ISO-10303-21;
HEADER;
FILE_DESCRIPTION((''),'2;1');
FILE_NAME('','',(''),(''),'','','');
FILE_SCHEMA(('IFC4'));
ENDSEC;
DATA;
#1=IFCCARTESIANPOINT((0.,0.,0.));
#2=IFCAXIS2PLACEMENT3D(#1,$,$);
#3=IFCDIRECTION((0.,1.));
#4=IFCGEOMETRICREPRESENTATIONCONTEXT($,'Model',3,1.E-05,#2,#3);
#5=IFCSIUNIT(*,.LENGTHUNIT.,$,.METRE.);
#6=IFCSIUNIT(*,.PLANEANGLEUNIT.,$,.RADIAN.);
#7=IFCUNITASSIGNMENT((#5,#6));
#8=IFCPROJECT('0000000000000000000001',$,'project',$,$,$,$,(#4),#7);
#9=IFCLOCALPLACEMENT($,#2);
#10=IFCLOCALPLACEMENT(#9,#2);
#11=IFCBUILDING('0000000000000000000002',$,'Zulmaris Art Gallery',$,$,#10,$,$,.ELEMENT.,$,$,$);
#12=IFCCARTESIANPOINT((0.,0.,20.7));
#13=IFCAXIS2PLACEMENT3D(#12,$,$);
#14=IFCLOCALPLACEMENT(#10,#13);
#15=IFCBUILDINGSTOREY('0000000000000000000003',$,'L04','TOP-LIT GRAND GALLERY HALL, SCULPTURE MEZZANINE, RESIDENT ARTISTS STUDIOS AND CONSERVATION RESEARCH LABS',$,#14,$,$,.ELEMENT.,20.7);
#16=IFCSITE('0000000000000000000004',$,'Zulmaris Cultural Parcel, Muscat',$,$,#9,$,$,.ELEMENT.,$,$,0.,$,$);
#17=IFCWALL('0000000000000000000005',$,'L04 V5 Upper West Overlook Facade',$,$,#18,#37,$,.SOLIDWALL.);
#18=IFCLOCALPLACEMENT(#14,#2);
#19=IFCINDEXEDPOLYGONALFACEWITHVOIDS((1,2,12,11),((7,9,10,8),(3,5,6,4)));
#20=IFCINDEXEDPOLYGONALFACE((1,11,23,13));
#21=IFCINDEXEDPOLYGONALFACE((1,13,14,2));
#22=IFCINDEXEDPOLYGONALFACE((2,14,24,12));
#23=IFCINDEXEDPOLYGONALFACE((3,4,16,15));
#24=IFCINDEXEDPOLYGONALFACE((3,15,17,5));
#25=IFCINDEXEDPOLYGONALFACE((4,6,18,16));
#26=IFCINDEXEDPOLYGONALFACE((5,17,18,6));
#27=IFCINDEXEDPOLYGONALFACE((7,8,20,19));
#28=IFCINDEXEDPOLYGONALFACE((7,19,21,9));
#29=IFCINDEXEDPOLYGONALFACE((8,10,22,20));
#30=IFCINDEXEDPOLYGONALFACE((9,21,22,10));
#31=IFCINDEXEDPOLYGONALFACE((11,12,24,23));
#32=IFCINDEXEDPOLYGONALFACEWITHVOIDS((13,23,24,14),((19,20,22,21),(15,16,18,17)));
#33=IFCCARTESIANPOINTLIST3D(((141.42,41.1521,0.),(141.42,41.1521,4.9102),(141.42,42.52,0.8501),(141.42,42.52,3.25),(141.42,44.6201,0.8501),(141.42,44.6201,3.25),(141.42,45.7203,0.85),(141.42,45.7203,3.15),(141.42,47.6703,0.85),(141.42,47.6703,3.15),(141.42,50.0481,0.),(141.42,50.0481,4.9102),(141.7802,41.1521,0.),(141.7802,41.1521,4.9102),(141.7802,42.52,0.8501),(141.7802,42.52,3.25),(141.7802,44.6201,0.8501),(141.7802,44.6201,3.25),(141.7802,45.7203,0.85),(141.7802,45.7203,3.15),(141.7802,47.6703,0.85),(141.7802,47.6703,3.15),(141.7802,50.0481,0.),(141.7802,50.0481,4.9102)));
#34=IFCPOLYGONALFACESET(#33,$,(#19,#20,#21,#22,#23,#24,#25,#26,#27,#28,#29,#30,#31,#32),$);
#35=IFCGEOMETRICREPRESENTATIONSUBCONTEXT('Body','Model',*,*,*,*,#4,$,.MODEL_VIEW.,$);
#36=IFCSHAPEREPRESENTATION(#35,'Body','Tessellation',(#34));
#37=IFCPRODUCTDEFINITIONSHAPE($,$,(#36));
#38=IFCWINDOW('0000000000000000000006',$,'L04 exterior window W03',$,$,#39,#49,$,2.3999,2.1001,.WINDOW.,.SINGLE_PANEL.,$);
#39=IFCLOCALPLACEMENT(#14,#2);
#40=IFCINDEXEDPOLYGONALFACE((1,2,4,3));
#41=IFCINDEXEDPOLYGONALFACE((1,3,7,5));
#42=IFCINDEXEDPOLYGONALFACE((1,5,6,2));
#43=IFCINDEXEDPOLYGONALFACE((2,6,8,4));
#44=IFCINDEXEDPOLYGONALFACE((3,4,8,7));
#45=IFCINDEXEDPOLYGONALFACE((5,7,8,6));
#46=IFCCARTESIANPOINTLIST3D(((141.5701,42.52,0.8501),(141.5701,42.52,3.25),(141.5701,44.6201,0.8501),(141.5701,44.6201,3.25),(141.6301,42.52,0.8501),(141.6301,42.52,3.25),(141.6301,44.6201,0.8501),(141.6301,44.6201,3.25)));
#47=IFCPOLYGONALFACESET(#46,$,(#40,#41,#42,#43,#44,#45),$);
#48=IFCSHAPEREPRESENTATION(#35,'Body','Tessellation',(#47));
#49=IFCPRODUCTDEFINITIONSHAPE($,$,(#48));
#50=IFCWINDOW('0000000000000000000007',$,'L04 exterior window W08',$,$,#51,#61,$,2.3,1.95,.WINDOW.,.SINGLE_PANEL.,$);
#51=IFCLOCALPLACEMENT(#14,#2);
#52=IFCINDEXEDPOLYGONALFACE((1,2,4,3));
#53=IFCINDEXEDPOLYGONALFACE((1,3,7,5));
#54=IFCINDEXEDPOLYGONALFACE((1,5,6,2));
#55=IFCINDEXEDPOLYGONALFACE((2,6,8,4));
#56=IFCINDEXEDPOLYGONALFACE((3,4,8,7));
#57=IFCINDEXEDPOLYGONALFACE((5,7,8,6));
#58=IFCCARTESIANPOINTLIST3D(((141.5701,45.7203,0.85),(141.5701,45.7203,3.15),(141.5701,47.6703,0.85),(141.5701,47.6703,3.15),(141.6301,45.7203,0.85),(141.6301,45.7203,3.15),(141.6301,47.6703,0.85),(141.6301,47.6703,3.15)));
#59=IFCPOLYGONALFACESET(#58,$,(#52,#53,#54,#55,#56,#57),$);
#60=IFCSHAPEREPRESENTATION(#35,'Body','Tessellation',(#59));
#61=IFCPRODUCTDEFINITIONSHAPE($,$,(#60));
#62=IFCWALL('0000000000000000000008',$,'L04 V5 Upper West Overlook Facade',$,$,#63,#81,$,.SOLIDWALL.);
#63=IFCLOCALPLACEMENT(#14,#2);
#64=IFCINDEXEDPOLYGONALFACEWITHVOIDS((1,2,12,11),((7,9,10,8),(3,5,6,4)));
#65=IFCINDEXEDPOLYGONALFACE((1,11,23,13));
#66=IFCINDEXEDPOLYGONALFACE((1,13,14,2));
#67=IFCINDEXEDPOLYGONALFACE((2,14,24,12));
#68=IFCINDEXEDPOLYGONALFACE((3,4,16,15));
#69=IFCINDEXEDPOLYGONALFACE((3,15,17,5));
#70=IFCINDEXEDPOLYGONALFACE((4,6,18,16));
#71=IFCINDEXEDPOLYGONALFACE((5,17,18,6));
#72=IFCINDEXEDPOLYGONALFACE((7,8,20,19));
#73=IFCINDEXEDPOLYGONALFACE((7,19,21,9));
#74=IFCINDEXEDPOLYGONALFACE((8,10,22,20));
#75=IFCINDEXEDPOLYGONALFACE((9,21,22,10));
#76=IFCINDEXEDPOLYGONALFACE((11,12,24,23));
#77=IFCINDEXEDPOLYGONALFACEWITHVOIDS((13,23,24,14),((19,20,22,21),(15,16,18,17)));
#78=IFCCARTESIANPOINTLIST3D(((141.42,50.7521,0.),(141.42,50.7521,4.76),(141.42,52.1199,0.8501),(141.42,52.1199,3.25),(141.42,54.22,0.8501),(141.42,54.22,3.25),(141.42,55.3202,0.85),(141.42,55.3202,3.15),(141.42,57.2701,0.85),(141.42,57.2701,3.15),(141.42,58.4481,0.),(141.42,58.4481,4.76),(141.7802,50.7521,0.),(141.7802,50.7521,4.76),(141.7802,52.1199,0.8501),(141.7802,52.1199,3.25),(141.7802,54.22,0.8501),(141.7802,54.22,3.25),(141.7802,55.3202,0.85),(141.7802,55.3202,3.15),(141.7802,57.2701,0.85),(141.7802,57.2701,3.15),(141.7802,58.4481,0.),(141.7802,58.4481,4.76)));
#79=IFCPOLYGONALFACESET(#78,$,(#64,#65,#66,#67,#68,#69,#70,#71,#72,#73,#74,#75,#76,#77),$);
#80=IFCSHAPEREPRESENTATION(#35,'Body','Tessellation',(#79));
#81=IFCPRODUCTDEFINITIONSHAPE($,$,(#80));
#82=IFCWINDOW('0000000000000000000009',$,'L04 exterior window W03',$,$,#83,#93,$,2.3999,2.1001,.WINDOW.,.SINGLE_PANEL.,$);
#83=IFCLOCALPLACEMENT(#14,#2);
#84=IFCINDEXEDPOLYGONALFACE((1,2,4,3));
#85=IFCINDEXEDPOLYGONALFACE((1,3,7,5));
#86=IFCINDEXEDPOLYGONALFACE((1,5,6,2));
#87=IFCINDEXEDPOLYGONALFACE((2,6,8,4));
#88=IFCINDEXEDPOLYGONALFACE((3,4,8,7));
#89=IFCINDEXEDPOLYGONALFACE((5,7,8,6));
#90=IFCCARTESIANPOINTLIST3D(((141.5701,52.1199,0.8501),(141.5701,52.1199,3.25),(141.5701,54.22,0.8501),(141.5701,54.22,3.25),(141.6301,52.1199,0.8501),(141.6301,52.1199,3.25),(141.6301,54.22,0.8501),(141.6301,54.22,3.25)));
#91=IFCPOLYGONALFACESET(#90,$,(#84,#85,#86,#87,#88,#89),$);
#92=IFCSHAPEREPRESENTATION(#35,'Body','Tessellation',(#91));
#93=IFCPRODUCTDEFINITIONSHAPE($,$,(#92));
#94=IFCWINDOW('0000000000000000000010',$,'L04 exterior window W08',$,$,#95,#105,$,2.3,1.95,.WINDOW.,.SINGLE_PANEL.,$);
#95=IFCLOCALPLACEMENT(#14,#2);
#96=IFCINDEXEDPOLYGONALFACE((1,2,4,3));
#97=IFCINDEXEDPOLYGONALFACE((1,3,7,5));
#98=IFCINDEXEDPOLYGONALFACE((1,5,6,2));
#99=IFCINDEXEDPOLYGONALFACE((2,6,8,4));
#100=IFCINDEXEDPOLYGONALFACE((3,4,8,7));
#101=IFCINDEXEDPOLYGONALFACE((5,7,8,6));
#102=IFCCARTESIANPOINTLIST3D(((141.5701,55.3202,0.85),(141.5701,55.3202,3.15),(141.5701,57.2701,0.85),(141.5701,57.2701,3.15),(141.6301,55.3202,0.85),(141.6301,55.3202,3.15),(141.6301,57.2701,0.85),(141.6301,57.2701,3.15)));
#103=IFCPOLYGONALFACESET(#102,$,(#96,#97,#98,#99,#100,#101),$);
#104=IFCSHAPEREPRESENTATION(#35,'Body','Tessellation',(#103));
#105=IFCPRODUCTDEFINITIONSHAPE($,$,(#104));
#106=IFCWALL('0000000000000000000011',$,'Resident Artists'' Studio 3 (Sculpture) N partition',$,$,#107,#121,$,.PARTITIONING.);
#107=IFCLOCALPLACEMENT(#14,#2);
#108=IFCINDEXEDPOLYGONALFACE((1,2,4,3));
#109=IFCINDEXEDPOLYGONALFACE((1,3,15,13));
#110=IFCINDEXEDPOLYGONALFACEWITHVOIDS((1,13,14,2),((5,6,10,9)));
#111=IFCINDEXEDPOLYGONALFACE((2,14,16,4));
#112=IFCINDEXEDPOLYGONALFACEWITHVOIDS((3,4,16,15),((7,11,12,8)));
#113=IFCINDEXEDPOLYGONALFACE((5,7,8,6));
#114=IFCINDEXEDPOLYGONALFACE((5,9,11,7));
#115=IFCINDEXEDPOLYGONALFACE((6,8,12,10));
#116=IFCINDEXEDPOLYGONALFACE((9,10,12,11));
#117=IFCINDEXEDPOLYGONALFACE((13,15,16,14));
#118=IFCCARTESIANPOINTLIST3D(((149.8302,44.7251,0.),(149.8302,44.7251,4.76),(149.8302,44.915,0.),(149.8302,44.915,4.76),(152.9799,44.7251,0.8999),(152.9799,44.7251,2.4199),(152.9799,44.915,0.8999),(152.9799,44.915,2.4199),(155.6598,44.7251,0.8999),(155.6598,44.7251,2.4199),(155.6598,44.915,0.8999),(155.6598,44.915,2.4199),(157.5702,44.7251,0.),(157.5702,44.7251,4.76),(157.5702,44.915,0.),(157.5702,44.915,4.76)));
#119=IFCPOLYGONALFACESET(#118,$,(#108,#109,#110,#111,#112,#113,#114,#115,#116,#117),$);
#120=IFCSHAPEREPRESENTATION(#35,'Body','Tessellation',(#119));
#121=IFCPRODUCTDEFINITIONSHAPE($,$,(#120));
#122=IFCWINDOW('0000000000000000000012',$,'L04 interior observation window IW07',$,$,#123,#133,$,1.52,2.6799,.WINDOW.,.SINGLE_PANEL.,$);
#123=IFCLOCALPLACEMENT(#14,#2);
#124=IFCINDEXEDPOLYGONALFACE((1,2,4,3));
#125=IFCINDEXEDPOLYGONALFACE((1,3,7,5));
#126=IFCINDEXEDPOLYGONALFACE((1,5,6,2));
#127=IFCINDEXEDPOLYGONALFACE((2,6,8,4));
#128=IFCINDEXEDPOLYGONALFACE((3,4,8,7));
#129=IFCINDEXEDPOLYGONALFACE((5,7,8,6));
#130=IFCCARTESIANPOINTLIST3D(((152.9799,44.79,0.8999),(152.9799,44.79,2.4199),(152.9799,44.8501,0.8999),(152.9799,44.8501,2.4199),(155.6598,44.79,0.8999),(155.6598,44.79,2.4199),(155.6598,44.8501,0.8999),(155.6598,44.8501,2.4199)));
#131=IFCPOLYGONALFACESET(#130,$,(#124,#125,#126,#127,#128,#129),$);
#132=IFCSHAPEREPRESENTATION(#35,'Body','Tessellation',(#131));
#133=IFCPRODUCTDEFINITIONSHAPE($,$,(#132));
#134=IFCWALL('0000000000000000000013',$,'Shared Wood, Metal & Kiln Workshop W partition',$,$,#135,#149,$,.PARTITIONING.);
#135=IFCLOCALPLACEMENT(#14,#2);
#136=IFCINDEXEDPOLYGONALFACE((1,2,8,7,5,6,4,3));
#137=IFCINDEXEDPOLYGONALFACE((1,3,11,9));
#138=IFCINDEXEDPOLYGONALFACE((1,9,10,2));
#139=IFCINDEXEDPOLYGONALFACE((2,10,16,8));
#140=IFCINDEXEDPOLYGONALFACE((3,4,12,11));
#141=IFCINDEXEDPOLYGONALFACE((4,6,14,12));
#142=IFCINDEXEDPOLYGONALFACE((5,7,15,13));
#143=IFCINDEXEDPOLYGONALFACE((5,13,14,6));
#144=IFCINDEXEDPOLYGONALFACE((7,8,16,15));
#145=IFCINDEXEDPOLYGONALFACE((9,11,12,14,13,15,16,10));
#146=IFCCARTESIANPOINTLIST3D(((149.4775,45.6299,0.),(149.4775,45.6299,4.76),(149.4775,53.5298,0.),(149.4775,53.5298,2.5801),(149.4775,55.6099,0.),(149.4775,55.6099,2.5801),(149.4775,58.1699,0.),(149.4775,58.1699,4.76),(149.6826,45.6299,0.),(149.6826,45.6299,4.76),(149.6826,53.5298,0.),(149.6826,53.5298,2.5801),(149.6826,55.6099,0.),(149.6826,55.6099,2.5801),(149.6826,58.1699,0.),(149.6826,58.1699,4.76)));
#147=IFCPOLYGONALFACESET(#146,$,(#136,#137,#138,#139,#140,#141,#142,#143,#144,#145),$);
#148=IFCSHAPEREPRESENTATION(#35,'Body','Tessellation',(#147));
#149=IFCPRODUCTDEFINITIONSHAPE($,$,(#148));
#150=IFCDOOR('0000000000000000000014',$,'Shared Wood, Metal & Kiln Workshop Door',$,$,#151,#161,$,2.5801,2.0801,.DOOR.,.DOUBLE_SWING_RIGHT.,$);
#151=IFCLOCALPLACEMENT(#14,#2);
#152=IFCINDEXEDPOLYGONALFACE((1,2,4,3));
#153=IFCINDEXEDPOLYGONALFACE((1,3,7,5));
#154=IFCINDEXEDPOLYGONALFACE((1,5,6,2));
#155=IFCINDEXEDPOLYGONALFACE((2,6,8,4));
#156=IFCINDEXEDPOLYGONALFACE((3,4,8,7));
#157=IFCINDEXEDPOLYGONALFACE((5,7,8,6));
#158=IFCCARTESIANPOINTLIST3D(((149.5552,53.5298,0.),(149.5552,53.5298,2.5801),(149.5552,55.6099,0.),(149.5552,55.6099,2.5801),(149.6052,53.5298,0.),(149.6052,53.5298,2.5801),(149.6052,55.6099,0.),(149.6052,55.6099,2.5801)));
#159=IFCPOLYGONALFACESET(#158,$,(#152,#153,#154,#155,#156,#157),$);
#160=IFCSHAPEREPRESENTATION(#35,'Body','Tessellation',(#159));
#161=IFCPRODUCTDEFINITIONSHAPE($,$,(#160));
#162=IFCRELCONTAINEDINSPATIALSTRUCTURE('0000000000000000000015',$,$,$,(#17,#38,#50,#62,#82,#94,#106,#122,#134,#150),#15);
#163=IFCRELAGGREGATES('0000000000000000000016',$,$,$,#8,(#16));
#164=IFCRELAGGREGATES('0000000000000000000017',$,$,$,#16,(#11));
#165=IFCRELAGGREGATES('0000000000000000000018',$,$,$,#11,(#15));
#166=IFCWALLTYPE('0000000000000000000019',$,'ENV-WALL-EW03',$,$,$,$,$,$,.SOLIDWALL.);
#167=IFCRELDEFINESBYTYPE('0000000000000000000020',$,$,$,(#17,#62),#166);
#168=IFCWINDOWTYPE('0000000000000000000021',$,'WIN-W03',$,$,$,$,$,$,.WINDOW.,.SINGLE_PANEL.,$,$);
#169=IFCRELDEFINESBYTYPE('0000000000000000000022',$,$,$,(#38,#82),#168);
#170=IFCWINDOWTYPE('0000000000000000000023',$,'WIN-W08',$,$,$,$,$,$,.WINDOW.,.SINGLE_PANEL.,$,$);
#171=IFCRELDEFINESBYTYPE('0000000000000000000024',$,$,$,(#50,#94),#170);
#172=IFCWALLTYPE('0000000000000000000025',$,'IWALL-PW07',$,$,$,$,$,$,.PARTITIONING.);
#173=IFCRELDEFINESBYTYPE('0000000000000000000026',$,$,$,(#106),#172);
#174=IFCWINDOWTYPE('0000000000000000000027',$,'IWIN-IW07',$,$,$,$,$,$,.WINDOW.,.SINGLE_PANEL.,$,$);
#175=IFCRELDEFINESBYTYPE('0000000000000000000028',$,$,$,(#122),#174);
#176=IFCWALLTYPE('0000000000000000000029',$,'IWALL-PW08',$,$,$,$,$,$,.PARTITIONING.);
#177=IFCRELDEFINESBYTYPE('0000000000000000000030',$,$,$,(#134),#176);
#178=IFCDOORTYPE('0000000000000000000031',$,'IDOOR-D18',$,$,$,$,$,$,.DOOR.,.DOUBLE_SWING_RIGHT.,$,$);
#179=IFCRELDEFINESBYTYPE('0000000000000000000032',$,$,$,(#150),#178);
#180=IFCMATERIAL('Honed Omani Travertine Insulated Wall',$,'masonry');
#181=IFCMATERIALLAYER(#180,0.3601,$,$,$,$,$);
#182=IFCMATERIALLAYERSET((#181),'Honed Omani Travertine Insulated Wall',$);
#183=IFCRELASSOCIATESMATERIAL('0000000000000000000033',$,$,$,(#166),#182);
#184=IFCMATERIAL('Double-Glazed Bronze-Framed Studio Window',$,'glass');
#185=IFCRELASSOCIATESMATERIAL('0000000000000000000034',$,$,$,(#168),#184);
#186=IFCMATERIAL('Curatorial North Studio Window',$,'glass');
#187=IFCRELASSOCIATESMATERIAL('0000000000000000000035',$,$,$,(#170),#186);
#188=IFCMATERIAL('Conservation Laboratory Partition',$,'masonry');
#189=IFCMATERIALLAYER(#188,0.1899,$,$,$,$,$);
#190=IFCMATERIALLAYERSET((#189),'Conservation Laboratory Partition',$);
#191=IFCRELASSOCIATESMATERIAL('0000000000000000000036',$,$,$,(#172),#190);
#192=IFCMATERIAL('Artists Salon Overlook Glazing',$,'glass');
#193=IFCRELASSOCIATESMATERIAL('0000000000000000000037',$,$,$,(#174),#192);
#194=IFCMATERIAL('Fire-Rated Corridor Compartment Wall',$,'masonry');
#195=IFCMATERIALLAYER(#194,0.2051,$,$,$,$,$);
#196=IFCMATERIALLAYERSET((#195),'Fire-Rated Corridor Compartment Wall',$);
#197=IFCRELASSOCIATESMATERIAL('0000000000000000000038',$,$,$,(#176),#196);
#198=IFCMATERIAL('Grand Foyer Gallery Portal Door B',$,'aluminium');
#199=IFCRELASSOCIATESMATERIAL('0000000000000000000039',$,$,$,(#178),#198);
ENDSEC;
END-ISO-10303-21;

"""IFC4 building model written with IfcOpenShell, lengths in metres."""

from ifc_helpers import new_model, si_unit, direction, frame, frame_2d, origin, place, context, subcontext, project, spatial, rectangle, extrude, material, layer, layer_set, type_object, element, fill, save


model = new_model("IFC4")

# Units and contexts
model_context = context("Model", 3, precision=1e-05, world=origin(), true_north=direction((0.0, 1.0)))
body_context = subcontext(model_context, "Body", "Model", "MODEL_VIEW")
ifc_project = project(units=[si_unit("LENGTHUNIT", "METRE"), si_unit("PLANEANGLEUNIT", "RADIAN")], contexts=[model_context])

# Site, building, storey
site_placement = place(None, origin())
site = spatial("IfcSite", under=ifc_project, at=site_placement, Name="Zulmaris Cultural Parcel, Muscat", CompositionType="ELEMENT", RefElevation=0.0)
building_placement = place(site_placement, origin())
building = spatial("IfcBuilding", under=site, at=building_placement, Name="Zulmaris Art Gallery", CompositionType="ELEMENT")
storey_placement = place(building_placement, frame((0.0, 0.0, 20.7)))
storey = spatial("IfcBuildingStorey", under=building, at=storey_placement, Name="L04", Description="TOP-LIT GRAND GALLERY HALL, SCULPTURE MEZZANINE, RESIDENT ARTISTS STUDIOS AND CONSERVATION RESEARCH LABS", CompositionType="ELEMENT", Elevation=20.7)

# Walls, openings, windows
ifc_material_1 = material(Name="Honed Omani Travertine Insulated Wall", Category="masonry")
ifc_layer_1 = layer(ifc_material_1, 0.3601)
ifc_layer_set_1 = layer_set([ifc_layer_1], Name="Honed Omani Travertine Insulated Wall")
wall_type_1 = type_object("IfcWallType", Name="ENV-WALL-EW03", PredefinedType="SOLIDWALL", material=ifc_layer_set_1)
wall_1_placement = place(storey_placement, frame((141.6001, 41.1521, 0.0), z_axis=(0.0, 0.0, 1.0), x_axis=(0.0, 1.0, 0.0)))
wall_1 = element("IfcWall", 1, at=wall_1_placement, inside=storey, type_object=wall_type_1, Name="L04 V5 Upper West Overlook Facade", PredefinedType="SOLIDWALL", context=body_context, shape_type="SweptSolid", body=[
    extrude(rectangle(XDim=8.896, YDim=0.3601, at=frame_2d((4.448, 0.0))), origin(), (0.0, 0.0, 1.0), 4.9102),
])
opening_1_placement = place(wall_1_placement, frame((1.3679, 0.0, 0.8501)))
opening_1 = element("IfcOpeningElement", 2, at=opening_1_placement, cuts=wall_1, PredefinedType="OPENING", context=body_context, shape_type="SweptSolid", body=[
    extrude(rectangle(XDim=2.1001, YDim=2.3999, at=frame_2d((1.05, 1.2))), frame((0.0, 0.1899, 0.0), z_axis=(0.0, -1.0, 0.0), x_axis=(1.0, 0.0, 0.0)), (0.0, 0.0, 1.0), 0.3801),
])
opening_2_placement = place(wall_1_placement, frame((4.5681, 0.0, 0.8501)))
opening_2 = element("IfcOpeningElement", 3, at=opening_2_placement, cuts=wall_1, PredefinedType="OPENING", context=body_context, shape_type="SweptSolid", body=[
    extrude(rectangle(XDim=1.95, YDim=2.3, at=frame_2d((0.9751, 1.1499))), frame((0.0, 0.1899, 0.0), z_axis=(0.0, -1.0, 0.0), x_axis=(1.0, 0.0, 0.0)), (0.0, 0.0, 1.0), 0.3801),
])
ifc_material_2 = material(Name="Double-Glazed Bronze-Framed Studio Window", Category="glass")
window_type_1 = type_object("IfcWindowType", Name="WIN-W03", PartitioningType="SINGLE_PANEL", PredefinedType="WINDOW", material=ifc_material_2)
window_1_placement = place(opening_1_placement, origin())
window_1 = element("IfcWindow", 4, at=window_1_placement, inside=storey, type_object=window_type_1, Name="L04 exterior window W03", OverallHeight=2.3999, OverallWidth=2.1001, PartitioningType="SINGLE_PANEL", PredefinedType="WINDOW", context=body_context, shape_type="SweptSolid", body=[
    extrude(rectangle(XDim=2.1001, YDim=2.3999, at=frame_2d((1.05, 1.2))), frame((0.0, 0.03, 0.0), z_axis=(0.0, -1.0, 0.0), x_axis=(1.0, 0.0, 0.0)), (0.0, 0.0, 1.0), 0.0601),
])
fill(opening_1, window_1)
ifc_material_3 = material(Name="Curatorial North Studio Window", Category="glass")
window_type_2 = type_object("IfcWindowType", Name="WIN-W08", PartitioningType="SINGLE_PANEL", PredefinedType="WINDOW", material=ifc_material_3)
window_2_placement = place(opening_2_placement, origin())
window_2 = element("IfcWindow", 5, at=window_2_placement, inside=storey, type_object=window_type_2, Name="L04 exterior window W08", OverallHeight=2.3, OverallWidth=1.95, PartitioningType="SINGLE_PANEL", PredefinedType="WINDOW", context=body_context, shape_type="SweptSolid", body=[
    extrude(rectangle(XDim=1.95, YDim=2.3, at=frame_2d((0.9751, 1.1499))), frame((0.0, 0.03, 0.0), z_axis=(0.0, -1.0, 0.0), x_axis=(1.0, 0.0, 0.0)), (0.0, 0.0, 1.0), 0.0601),
])
fill(opening_2, window_2)
wall_2_placement = place(storey_placement, frame((141.6001, 50.752, 0.0), z_axis=(0.0, 0.0, 1.0), x_axis=(0.0, 1.0, 0.0)))
wall_2 = element("IfcWall", 6, at=wall_2_placement, inside=storey, type_object=wall_type_1, Name="L04 V5 Upper West Overlook Facade", PredefinedType="SOLIDWALL", context=body_context, shape_type="SweptSolid", body=[
    extrude(rectangle(XDim=7.696, YDim=0.3601, at=frame_2d((3.8481, 0.0))), origin(), (0.0, 0.0, 1.0), 4.76),
])
opening_3_placement = place(wall_2_placement, frame((1.3679, 0.0, 0.8501)))
opening_3 = element("IfcOpeningElement", 7, at=opening_3_placement, cuts=wall_2, PredefinedType="OPENING", context=body_context, shape_type="SweptSolid", body=[
    extrude(rectangle(XDim=2.1001, YDim=2.3999, at=frame_2d((1.05, 1.2))), frame((0.0, 0.1899, 0.0), z_axis=(0.0, -1.0, 0.0), x_axis=(1.0, 0.0, 0.0)), (0.0, 0.0, 1.0), 0.3801),
])
opening_4_placement = place(wall_2_placement, frame((4.5681, 0.0, 0.8501)))
opening_4 = element("IfcOpeningElement", 8, at=opening_4_placement, cuts=wall_2, PredefinedType="OPENING", context=body_context, shape_type="SweptSolid", body=[
    extrude(rectangle(XDim=1.95, YDim=2.3, at=frame_2d((0.9751, 1.1499))), frame((0.0, 0.1899, 0.0), z_axis=(0.0, -1.0, 0.0), x_axis=(1.0, 0.0, 0.0)), (0.0, 0.0, 1.0), 0.3801),
])
window_3_placement = place(opening_3_placement, origin())
window_3 = element("IfcWindow", 9, at=window_3_placement, inside=storey, type_object=window_type_1, Name="L04 exterior window W03", OverallHeight=2.3999, OverallWidth=2.1001, PartitioningType="SINGLE_PANEL", PredefinedType="WINDOW", context=body_context, shape_type="SweptSolid", body=[
    extrude(rectangle(XDim=2.1001, YDim=2.3999, at=frame_2d((1.05, 1.2))), frame((0.0, 0.03, 0.0), z_axis=(0.0, -1.0, 0.0), x_axis=(1.0, 0.0, 0.0)), (0.0, 0.0, 1.0), 0.0601),
])
fill(opening_3, window_3)
window_4_placement = place(opening_4_placement, origin())
window_4 = element("IfcWindow", 10, at=window_4_placement, inside=storey, type_object=window_type_2, Name="L04 exterior window W08", OverallHeight=2.3, OverallWidth=1.95, PartitioningType="SINGLE_PANEL", PredefinedType="WINDOW", context=body_context, shape_type="SweptSolid", body=[
    extrude(rectangle(XDim=1.95, YDim=2.3, at=frame_2d((0.9751, 1.1499))), frame((0.0, 0.03, 0.0), z_axis=(0.0, -1.0, 0.0), x_axis=(1.0, 0.0, 0.0)), (0.0, 0.0, 1.0), 0.0601),
])
fill(opening_4, window_4)

# Wall, opening, window
ifc_material_4 = material(Name="Conservation Laboratory Partition", Category="masonry")
ifc_layer_2 = layer(ifc_material_4, 0.1899)
ifc_layer_set_2 = layer_set([ifc_layer_2], Name="Conservation Laboratory Partition")
wall_type_2 = type_object("IfcWallType", Name="IWALL-PW07", PredefinedType="PARTITIONING", material=ifc_layer_set_2)
wall_3_placement = place(storey_placement, frame((149.8301, 44.8201, 0.0), z_axis=(0.0, 0.0, 1.0), x_axis=(1.0, 0.0, 0.0)))
wall_3 = element("IfcWall", 11, at=wall_3_placement, inside=storey, type_object=wall_type_2, Name="Resident Artists' Studio 3 (Sculpture) N partition", PredefinedType="PARTITIONING", context=body_context, shape_type="SweptSolid", body=[
    extrude(rectangle(XDim=7.74, YDim=0.1899, at=frame_2d((3.8701, 0.0))), origin(), (0.0, 0.0, 1.0), 4.76),
])
opening_5_placement = place(wall_3_placement, frame((3.1499, 0.0, 0.8999)))
opening_5 = element("IfcOpeningElement", 12, at=opening_5_placement, cuts=wall_3, PredefinedType="OPENING", context=body_context, shape_type="SweptSolid", body=[
    extrude(rectangle(XDim=2.6799, YDim=1.52, at=frame_2d((1.3398, 0.76))), frame((0.0, 0.105, 0.0), z_axis=(0.0, -1.0, 0.0), x_axis=(1.0, 0.0, 0.0)), (0.0, 0.0, 1.0), 0.21),
])
ifc_material_5 = material(Name="Artists Salon Overlook Glazing", Category="glass")
window_type_3 = type_object("IfcWindowType", Name="IWIN-IW07", PartitioningType="SINGLE_PANEL", PredefinedType="WINDOW", material=ifc_material_5)
window_5_placement = place(opening_5_placement, origin())
window_5 = element("IfcWindow", 13, at=window_5_placement, inside=storey, type_object=window_type_3, Name="L04 interior observation window IW07", OverallHeight=1.52, OverallWidth=2.6799, PartitioningType="SINGLE_PANEL", PredefinedType="WINDOW", context=body_context, shape_type="SweptSolid", body=[
    extrude(rectangle(XDim=2.6799, YDim=1.52, at=frame_2d((1.3398, 0.76))), frame((0.0, 0.03, 0.0), z_axis=(0.0, -1.0, 0.0), x_axis=(1.0, 0.0, 0.0)), (0.0, 0.0, 1.0), 0.0601),
])
fill(opening_5, window_5)

# Wall, opening, door
ifc_material_6 = material(Name="Fire-Rated Corridor Compartment Wall", Category="masonry")
ifc_layer_3 = layer(ifc_material_6, 0.2051)
ifc_layer_set_3 = layer_set([ifc_layer_3], Name="Fire-Rated Corridor Compartment Wall")
wall_type_3 = type_object("IfcWallType", Name="IWALL-PW08", PredefinedType="PARTITIONING", material=ifc_layer_set_3)
wall_4_placement = place(storey_placement, frame((149.5801, 45.6299, 0.0), z_axis=(0.0, 0.0, 1.0), x_axis=(0.0, 1.0, 0.0)))
wall_4 = element("IfcWall", 14, at=wall_4_placement, inside=storey, type_object=wall_type_3, Name="Shared Wood, Metal & Kiln Workshop W partition", PredefinedType="PARTITIONING", context=body_context, shape_type="SweptSolid", body=[
    extrude(rectangle(XDim=12.54, YDim=0.2051, at=frame_2d((6.27, 0.0))), origin(), (0.0, 0.0, 1.0), 4.76),
])
opening_6_placement = place(wall_4_placement, frame((7.8999, 0.0, 0.0)))
opening_6 = element("IfcOpeningElement", 15, at=opening_6_placement, cuts=wall_4, PredefinedType="OPENING", context=body_context, shape_type="SweptSolid", body=[
    extrude(rectangle(XDim=2.0801, YDim=2.5801, at=frame_2d((1.04, 1.29))), frame((0.0, 0.1125, 0.0), z_axis=(0.0, -1.0, 0.0), x_axis=(1.0, 0.0, 0.0)), (0.0, 0.0, 1.0), 0.2251),
])
ifc_material_7 = material(Name="Grand Foyer Gallery Portal Door B", Category="aluminium")
door_type = type_object("IfcDoorType", Name="IDOOR-D18", OperationType="DOUBLE_SWING_RIGHT", PredefinedType="DOOR", material=ifc_material_7)
door_placement = place(opening_6_placement, origin())
door = element("IfcDoor", 16, at=door_placement, inside=storey, type_object=door_type, Name="Shared Wood, Metal & Kiln Workshop Door", OperationType="DOUBLE_SWING_RIGHT", OverallHeight=2.5801, OverallWidth=2.0801, PredefinedType="DOOR", context=body_context, shape_type="SweptSolid", body=[
    extrude(rectangle(XDim=2.0801, YDim=2.5801, at=frame_2d((1.04, 1.29))), frame((0.0, 0.0249, 0.0), z_axis=(0.0, -1.0, 0.0), x_axis=(1.0, 0.0, 0.0)), (0.0, 0.0, 1.0), 0.05),
])
fill(opening_6, door)

save(model, "model.ifc")
